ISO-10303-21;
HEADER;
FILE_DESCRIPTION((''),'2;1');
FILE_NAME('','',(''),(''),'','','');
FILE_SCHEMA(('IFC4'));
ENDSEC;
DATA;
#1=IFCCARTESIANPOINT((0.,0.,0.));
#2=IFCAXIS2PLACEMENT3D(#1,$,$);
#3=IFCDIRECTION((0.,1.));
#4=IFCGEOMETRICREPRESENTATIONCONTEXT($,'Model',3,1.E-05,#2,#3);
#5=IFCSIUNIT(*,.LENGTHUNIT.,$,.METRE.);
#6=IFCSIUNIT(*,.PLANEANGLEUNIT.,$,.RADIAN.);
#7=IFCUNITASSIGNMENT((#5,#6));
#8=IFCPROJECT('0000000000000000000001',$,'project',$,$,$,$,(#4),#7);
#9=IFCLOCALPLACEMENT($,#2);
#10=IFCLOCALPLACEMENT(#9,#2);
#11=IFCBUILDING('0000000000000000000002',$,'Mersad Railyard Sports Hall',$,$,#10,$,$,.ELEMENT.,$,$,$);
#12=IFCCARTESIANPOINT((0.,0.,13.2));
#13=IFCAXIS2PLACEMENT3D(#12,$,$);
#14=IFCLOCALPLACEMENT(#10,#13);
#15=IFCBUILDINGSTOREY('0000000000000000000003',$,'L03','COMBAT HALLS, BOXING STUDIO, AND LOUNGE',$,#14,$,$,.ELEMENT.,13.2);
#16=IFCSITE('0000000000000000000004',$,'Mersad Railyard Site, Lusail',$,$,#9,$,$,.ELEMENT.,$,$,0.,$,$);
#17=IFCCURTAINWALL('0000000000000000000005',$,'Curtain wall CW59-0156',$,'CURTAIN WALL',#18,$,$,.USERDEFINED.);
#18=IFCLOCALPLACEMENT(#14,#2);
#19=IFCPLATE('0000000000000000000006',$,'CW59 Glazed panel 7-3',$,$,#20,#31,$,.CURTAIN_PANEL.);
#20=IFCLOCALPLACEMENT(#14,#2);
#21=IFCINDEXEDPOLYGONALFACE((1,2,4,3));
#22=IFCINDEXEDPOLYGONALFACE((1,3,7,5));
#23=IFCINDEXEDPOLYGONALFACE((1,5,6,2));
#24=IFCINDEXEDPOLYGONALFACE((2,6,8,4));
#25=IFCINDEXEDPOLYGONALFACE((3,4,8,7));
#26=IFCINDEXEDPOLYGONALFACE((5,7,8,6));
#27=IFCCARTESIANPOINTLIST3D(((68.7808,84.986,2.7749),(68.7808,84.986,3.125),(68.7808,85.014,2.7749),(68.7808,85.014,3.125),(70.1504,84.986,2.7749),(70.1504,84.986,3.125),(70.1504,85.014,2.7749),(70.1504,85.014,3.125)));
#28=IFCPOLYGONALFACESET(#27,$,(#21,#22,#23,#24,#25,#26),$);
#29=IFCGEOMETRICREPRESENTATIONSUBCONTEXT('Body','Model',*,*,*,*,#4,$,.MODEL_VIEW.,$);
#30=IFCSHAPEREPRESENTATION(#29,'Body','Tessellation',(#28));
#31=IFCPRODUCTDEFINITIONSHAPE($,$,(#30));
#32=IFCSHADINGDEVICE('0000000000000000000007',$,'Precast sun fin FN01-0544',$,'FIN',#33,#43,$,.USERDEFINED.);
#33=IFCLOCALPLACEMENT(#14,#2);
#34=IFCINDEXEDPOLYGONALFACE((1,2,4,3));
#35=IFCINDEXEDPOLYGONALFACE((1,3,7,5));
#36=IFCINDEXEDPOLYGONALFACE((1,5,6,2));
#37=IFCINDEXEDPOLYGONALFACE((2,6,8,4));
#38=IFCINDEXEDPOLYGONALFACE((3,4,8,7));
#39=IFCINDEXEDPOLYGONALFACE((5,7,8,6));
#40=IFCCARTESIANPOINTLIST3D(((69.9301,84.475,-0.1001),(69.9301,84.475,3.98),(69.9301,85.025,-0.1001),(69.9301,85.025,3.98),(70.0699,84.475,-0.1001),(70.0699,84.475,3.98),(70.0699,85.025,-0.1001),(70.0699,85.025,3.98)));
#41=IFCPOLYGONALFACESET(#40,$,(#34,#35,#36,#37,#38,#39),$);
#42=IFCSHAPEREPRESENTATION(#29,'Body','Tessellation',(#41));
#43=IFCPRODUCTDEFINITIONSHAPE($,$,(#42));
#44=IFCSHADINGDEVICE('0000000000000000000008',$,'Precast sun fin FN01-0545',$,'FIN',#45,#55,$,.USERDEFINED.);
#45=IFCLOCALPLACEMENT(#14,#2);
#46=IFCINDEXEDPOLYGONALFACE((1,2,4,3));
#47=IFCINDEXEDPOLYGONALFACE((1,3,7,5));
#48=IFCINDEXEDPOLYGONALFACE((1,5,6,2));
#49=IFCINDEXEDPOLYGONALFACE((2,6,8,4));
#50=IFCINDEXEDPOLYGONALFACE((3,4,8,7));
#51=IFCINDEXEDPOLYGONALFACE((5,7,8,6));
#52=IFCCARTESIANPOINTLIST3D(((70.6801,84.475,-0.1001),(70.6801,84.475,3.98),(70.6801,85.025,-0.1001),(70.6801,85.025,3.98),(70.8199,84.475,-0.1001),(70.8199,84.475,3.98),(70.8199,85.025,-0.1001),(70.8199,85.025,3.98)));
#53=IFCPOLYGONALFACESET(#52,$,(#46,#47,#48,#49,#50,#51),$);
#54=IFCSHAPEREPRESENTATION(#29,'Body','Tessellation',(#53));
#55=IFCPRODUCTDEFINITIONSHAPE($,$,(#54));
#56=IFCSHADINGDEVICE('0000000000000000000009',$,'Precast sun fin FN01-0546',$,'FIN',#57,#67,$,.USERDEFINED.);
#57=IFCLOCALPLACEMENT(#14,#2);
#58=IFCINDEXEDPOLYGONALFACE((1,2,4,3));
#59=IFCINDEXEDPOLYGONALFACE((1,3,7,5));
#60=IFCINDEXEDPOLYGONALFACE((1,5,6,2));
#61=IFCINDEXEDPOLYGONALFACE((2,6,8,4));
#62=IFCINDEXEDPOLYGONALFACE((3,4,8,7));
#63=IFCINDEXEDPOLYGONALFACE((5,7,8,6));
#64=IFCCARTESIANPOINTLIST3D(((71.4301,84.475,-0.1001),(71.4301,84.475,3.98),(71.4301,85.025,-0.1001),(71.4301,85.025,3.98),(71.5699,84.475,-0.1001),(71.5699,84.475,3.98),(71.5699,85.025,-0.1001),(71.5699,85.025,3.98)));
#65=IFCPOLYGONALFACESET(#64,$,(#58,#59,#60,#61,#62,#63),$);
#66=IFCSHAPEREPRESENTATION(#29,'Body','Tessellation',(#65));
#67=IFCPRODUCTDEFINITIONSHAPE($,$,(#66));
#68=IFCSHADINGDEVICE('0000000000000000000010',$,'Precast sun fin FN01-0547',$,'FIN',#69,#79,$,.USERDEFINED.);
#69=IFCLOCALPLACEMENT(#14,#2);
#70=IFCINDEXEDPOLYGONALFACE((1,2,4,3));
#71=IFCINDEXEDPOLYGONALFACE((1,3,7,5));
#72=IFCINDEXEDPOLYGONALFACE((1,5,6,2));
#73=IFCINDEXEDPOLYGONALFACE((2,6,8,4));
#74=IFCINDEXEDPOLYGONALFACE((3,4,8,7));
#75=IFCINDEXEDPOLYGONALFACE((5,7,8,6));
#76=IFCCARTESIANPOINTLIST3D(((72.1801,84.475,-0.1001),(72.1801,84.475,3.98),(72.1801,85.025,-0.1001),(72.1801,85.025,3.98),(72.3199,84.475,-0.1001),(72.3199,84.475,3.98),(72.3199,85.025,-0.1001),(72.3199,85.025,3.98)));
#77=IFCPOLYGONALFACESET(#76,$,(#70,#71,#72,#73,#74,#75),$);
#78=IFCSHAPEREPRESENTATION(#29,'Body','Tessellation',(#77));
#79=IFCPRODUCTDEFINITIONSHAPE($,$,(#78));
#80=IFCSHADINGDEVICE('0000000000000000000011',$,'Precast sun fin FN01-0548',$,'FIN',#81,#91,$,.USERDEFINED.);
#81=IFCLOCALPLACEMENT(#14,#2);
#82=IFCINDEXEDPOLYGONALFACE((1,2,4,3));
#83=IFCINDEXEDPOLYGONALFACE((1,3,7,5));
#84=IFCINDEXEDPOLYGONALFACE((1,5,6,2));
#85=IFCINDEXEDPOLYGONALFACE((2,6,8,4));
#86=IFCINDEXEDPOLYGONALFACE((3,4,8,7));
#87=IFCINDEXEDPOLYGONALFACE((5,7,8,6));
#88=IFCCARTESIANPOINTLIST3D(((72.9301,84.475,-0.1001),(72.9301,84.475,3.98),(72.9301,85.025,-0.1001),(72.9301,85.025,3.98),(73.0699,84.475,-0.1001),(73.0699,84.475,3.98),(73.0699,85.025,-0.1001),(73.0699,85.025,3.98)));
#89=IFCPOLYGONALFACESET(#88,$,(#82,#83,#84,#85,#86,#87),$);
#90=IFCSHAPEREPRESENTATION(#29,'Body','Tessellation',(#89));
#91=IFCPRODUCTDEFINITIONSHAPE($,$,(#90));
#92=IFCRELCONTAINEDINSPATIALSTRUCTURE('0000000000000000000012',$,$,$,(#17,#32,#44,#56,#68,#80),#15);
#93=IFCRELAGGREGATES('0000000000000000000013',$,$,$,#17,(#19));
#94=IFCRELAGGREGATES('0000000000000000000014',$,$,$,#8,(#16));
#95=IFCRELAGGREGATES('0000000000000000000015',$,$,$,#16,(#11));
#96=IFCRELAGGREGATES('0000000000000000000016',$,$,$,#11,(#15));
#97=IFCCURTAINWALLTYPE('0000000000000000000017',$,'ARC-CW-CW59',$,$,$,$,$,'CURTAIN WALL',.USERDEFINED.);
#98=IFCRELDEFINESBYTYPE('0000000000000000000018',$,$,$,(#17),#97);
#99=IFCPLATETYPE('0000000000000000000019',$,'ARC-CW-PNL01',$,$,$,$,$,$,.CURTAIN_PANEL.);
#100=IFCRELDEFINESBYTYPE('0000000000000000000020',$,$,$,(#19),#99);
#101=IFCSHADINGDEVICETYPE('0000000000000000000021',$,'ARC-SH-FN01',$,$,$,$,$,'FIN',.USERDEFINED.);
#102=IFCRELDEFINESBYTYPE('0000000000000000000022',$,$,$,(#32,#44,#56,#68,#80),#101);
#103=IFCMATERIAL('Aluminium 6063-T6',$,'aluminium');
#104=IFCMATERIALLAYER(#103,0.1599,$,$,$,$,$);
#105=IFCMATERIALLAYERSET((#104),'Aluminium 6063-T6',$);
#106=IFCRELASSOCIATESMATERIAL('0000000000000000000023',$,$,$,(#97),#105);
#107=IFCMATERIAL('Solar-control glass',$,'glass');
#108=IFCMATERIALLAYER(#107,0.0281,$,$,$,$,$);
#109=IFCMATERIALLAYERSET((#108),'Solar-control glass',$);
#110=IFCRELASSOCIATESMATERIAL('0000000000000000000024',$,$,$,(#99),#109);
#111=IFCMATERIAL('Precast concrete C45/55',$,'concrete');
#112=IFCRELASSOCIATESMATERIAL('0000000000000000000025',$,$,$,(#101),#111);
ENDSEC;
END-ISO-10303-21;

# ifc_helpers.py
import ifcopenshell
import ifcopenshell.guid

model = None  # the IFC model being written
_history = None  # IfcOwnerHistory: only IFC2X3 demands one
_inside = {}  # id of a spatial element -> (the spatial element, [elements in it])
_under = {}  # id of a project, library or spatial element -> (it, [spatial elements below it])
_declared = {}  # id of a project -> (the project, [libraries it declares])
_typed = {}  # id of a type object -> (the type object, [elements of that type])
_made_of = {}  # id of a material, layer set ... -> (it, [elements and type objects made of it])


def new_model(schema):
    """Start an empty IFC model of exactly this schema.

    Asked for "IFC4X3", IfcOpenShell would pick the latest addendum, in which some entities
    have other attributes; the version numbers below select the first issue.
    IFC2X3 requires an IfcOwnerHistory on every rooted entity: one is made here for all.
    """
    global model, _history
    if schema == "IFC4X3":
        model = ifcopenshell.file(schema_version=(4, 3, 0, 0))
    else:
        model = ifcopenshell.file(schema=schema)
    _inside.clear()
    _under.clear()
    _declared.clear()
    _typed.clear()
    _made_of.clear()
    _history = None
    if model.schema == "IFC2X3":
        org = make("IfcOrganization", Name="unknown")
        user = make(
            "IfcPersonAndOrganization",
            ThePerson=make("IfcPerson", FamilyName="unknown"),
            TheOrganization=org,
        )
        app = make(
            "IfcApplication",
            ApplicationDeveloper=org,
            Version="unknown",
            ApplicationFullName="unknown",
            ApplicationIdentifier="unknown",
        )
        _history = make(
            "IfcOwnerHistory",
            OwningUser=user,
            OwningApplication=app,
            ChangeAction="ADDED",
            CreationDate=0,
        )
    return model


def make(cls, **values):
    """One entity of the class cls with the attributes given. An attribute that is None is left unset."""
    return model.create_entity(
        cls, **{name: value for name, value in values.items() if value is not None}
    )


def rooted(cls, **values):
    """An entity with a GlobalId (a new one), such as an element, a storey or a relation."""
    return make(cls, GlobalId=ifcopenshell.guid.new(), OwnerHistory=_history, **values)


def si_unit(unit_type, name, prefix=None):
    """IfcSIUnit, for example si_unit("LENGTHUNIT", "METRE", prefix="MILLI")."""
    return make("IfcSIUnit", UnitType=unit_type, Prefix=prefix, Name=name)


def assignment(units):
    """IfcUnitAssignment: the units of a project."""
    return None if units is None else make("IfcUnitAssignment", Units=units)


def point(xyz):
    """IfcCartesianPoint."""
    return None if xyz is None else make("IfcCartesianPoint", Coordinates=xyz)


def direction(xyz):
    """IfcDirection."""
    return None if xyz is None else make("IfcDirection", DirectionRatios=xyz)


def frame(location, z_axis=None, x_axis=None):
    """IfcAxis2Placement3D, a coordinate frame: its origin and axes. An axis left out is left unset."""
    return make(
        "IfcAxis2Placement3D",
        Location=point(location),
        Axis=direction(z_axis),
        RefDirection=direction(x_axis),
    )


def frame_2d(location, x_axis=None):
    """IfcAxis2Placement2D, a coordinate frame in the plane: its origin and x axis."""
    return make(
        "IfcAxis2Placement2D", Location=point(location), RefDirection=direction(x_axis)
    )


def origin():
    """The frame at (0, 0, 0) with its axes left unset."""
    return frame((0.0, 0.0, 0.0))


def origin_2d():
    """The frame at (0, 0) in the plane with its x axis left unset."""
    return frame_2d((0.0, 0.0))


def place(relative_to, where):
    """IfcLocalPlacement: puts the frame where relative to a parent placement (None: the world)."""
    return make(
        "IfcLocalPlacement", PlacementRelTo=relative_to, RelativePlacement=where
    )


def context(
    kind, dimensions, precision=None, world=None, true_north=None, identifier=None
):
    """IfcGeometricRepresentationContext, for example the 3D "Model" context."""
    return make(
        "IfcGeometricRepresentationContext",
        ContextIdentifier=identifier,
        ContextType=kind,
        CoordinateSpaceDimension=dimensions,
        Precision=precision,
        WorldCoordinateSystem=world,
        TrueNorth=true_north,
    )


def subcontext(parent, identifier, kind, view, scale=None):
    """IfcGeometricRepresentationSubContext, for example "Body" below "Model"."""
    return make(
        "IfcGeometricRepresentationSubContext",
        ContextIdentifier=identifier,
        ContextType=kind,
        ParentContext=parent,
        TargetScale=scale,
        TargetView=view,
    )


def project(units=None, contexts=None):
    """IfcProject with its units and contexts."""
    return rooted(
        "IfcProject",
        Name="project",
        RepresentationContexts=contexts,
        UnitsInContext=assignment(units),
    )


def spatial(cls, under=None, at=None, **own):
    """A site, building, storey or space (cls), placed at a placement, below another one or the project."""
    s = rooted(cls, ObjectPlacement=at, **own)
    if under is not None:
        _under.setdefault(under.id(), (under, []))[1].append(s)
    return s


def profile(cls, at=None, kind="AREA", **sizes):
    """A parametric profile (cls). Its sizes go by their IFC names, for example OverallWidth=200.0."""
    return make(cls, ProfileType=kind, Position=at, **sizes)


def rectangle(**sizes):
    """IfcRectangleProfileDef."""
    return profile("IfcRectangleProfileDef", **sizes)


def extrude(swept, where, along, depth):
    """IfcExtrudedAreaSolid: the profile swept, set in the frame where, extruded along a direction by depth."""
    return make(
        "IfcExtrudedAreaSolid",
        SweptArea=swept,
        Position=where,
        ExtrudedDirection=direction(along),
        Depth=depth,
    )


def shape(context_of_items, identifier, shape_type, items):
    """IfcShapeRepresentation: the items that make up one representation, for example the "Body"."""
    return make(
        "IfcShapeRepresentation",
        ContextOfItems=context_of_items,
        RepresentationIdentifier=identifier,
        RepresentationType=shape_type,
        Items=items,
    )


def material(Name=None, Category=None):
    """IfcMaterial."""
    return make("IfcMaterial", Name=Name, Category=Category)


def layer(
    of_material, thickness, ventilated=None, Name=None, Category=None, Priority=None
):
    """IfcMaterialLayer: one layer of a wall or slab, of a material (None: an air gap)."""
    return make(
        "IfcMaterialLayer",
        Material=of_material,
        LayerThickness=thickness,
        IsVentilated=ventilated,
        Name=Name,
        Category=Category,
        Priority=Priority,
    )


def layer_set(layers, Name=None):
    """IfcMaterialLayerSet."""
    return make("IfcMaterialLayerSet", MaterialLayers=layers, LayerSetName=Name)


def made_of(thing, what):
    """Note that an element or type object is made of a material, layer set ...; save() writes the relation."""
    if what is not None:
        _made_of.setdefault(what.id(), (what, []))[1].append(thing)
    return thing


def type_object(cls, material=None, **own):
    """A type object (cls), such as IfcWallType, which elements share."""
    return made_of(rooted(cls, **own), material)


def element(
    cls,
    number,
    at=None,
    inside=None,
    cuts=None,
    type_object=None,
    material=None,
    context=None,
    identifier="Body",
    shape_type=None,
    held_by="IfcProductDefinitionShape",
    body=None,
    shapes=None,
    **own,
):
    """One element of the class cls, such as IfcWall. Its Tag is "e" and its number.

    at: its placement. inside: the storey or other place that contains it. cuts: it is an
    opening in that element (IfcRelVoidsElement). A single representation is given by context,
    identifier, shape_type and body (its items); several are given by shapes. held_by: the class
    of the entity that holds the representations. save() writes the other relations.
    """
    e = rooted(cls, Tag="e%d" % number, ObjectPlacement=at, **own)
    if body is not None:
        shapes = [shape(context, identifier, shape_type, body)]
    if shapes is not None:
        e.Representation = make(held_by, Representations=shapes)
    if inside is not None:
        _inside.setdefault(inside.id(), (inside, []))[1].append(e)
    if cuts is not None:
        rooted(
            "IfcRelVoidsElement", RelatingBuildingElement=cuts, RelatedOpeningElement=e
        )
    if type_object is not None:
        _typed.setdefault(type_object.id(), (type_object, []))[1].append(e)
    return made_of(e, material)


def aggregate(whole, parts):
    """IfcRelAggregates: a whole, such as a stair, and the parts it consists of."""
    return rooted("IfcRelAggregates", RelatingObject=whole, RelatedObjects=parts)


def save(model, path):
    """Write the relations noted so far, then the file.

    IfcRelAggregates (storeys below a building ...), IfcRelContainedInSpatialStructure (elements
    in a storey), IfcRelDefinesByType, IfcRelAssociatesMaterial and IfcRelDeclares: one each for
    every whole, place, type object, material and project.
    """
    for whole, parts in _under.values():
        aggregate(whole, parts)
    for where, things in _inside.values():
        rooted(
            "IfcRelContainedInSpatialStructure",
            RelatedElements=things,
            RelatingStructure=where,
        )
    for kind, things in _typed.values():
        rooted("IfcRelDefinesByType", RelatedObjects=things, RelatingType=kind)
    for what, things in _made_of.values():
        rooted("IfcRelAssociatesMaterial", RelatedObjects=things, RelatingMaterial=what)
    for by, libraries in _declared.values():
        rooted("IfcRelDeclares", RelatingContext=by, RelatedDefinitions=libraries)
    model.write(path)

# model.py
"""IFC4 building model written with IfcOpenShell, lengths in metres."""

from ifc_helpers import new_model, si_unit, direction, frame, origin, origin_2d, place, context, subcontext, project, spatial, rectangle, extrude, material, layer, layer_set, type_object, element, aggregate, save


model = new_model("IFC4")

# Units and contexts
model_context = context("Model", 3, precision=1e-05, world=origin(), true_north=direction((0.0, 1.0)))
body_context = subcontext(model_context, "Body", "Model", "MODEL_VIEW")
ifc_project = project(units=[si_unit("LENGTHUNIT", "METRE"), si_unit("PLANEANGLEUNIT", "RADIAN")], contexts=[model_context])

# Site, building, storey
site_placement = place(None, origin())
site = spatial("IfcSite", under=ifc_project, at=site_placement, Name="Mersad Railyard Site, Lusail", CompositionType="ELEMENT", RefElevation=0.0)
building_placement = place(site_placement, origin())
building = spatial("IfcBuilding", under=site, at=building_placement, Name="Mersad Railyard Sports Hall", CompositionType="ELEMENT")
storey_placement = place(building_placement, frame((0.0, 0.0, 13.2)))
storey = spatial("IfcBuildingStorey", under=building, at=storey_placement, Name="L03", Description="COMBAT HALLS, BOXING STUDIO, AND LOUNGE", CompositionType="ELEMENT", Elevation=13.2)

# Curtain wall, plate
ifc_material_1 = material(Name="Aluminium 6063-T6", Category="aluminium")
ifc_layer_1 = layer(ifc_material_1, 0.1599)
ifc_layer_set_1 = layer_set([ifc_layer_1], Name="Aluminium 6063-T6")
curtain_wall_type = type_object("IfcCurtainWallType", Name="ARC-CW-CW59", ElementType="CURTAIN WALL", PredefinedType="USERDEFINED", material=ifc_layer_set_1)
curtain_wall_placement = place(storey_placement, origin())
curtain_wall = element("IfcCurtainWall", 1, at=curtain_wall_placement, inside=storey, type_object=curtain_wall_type, Name="Curtain wall CW59-0156", ObjectType="CURTAIN WALL", PredefinedType="USERDEFINED")
ifc_material_2 = material(Name="Solar-control glass", Category="glass")
ifc_layer_2 = layer(ifc_material_2, 0.0281)
ifc_layer_set_2 = layer_set([ifc_layer_2], Name="Solar-control glass")
plate_type = type_object("IfcPlateType", Name="ARC-CW-PNL01", PredefinedType="CURTAIN_PANEL", material=ifc_layer_set_2)
plate_1_placement = place(storey_placement, frame((69.4656, 85.0, 2.7749), z_axis=(0.0, 0.0, 1.0), x_axis=(-1.0, 0.0, 0.0)))
plate_1 = element("IfcPlate", 2, at=plate_1_placement, type_object=plate_type, Name="CW59 Glazed panel 7-3", PredefinedType="CURTAIN_PANEL", context=body_context, shape_type="SweptSolid", body=[
    extrude(rectangle(XDim=1.3696, YDim=0.0281, at=origin_2d()), origin(), (0.0, 0.0, 1.0), 0.3501),
])
aggregate(curtain_wall, [plate_1])

# Shading devices
ifc_material_3 = material(Name="Precast concrete C45/55", Category="concrete")
shading_device_type = type_object("IfcShadingDeviceType", Name="ARC-SH-FN01", ElementType="FIN", PredefinedType="USERDEFINED", material=ifc_material_3)
for number, where, z_axis, x_axis, name in (
    (3, (70.0, 84.75, -0.1001), (0.0, 0.0, 1.0), (1.0, 0.0, 0.0), "Precast sun fin FN01-0544"),
    (4, (70.75, 84.75, -0.1001), (0.0, 0.0, 1.0), (1.0, 0.0, 0.0), "Precast sun fin FN01-0545"),
    (5, (71.5, 84.75, -0.1001), (0.0, 0.0, 1.0), (1.0, 0.0, 0.0), "Precast sun fin FN01-0546"),
    (6, (72.25, 84.75, -0.1001), (0.0, 0.0, 1.0), (1.0, 0.0, 0.0), "Precast sun fin FN01-0547"),
    (7, (73.0, 84.75, -0.1001), (0.0, 0.0, 1.0), (1.0, 0.0, 0.0), "Precast sun fin FN01-0548"),
):
    element("IfcShadingDevice", number, at=place(storey_placement, frame(where, z_axis=z_axis, x_axis=x_axis)), inside=storey, type_object=shading_device_type, Name=name, ObjectType="FIN", PredefinedType="USERDEFINED", context=body_context, shape_type="SweptSolid", body=[
        extrude(rectangle(XDim=0.1399, YDim=0.55, at=origin_2d()), origin(), (0.0, 0.0, 1.0), 4.0801),
    ])

save(model, "model.ifc")
